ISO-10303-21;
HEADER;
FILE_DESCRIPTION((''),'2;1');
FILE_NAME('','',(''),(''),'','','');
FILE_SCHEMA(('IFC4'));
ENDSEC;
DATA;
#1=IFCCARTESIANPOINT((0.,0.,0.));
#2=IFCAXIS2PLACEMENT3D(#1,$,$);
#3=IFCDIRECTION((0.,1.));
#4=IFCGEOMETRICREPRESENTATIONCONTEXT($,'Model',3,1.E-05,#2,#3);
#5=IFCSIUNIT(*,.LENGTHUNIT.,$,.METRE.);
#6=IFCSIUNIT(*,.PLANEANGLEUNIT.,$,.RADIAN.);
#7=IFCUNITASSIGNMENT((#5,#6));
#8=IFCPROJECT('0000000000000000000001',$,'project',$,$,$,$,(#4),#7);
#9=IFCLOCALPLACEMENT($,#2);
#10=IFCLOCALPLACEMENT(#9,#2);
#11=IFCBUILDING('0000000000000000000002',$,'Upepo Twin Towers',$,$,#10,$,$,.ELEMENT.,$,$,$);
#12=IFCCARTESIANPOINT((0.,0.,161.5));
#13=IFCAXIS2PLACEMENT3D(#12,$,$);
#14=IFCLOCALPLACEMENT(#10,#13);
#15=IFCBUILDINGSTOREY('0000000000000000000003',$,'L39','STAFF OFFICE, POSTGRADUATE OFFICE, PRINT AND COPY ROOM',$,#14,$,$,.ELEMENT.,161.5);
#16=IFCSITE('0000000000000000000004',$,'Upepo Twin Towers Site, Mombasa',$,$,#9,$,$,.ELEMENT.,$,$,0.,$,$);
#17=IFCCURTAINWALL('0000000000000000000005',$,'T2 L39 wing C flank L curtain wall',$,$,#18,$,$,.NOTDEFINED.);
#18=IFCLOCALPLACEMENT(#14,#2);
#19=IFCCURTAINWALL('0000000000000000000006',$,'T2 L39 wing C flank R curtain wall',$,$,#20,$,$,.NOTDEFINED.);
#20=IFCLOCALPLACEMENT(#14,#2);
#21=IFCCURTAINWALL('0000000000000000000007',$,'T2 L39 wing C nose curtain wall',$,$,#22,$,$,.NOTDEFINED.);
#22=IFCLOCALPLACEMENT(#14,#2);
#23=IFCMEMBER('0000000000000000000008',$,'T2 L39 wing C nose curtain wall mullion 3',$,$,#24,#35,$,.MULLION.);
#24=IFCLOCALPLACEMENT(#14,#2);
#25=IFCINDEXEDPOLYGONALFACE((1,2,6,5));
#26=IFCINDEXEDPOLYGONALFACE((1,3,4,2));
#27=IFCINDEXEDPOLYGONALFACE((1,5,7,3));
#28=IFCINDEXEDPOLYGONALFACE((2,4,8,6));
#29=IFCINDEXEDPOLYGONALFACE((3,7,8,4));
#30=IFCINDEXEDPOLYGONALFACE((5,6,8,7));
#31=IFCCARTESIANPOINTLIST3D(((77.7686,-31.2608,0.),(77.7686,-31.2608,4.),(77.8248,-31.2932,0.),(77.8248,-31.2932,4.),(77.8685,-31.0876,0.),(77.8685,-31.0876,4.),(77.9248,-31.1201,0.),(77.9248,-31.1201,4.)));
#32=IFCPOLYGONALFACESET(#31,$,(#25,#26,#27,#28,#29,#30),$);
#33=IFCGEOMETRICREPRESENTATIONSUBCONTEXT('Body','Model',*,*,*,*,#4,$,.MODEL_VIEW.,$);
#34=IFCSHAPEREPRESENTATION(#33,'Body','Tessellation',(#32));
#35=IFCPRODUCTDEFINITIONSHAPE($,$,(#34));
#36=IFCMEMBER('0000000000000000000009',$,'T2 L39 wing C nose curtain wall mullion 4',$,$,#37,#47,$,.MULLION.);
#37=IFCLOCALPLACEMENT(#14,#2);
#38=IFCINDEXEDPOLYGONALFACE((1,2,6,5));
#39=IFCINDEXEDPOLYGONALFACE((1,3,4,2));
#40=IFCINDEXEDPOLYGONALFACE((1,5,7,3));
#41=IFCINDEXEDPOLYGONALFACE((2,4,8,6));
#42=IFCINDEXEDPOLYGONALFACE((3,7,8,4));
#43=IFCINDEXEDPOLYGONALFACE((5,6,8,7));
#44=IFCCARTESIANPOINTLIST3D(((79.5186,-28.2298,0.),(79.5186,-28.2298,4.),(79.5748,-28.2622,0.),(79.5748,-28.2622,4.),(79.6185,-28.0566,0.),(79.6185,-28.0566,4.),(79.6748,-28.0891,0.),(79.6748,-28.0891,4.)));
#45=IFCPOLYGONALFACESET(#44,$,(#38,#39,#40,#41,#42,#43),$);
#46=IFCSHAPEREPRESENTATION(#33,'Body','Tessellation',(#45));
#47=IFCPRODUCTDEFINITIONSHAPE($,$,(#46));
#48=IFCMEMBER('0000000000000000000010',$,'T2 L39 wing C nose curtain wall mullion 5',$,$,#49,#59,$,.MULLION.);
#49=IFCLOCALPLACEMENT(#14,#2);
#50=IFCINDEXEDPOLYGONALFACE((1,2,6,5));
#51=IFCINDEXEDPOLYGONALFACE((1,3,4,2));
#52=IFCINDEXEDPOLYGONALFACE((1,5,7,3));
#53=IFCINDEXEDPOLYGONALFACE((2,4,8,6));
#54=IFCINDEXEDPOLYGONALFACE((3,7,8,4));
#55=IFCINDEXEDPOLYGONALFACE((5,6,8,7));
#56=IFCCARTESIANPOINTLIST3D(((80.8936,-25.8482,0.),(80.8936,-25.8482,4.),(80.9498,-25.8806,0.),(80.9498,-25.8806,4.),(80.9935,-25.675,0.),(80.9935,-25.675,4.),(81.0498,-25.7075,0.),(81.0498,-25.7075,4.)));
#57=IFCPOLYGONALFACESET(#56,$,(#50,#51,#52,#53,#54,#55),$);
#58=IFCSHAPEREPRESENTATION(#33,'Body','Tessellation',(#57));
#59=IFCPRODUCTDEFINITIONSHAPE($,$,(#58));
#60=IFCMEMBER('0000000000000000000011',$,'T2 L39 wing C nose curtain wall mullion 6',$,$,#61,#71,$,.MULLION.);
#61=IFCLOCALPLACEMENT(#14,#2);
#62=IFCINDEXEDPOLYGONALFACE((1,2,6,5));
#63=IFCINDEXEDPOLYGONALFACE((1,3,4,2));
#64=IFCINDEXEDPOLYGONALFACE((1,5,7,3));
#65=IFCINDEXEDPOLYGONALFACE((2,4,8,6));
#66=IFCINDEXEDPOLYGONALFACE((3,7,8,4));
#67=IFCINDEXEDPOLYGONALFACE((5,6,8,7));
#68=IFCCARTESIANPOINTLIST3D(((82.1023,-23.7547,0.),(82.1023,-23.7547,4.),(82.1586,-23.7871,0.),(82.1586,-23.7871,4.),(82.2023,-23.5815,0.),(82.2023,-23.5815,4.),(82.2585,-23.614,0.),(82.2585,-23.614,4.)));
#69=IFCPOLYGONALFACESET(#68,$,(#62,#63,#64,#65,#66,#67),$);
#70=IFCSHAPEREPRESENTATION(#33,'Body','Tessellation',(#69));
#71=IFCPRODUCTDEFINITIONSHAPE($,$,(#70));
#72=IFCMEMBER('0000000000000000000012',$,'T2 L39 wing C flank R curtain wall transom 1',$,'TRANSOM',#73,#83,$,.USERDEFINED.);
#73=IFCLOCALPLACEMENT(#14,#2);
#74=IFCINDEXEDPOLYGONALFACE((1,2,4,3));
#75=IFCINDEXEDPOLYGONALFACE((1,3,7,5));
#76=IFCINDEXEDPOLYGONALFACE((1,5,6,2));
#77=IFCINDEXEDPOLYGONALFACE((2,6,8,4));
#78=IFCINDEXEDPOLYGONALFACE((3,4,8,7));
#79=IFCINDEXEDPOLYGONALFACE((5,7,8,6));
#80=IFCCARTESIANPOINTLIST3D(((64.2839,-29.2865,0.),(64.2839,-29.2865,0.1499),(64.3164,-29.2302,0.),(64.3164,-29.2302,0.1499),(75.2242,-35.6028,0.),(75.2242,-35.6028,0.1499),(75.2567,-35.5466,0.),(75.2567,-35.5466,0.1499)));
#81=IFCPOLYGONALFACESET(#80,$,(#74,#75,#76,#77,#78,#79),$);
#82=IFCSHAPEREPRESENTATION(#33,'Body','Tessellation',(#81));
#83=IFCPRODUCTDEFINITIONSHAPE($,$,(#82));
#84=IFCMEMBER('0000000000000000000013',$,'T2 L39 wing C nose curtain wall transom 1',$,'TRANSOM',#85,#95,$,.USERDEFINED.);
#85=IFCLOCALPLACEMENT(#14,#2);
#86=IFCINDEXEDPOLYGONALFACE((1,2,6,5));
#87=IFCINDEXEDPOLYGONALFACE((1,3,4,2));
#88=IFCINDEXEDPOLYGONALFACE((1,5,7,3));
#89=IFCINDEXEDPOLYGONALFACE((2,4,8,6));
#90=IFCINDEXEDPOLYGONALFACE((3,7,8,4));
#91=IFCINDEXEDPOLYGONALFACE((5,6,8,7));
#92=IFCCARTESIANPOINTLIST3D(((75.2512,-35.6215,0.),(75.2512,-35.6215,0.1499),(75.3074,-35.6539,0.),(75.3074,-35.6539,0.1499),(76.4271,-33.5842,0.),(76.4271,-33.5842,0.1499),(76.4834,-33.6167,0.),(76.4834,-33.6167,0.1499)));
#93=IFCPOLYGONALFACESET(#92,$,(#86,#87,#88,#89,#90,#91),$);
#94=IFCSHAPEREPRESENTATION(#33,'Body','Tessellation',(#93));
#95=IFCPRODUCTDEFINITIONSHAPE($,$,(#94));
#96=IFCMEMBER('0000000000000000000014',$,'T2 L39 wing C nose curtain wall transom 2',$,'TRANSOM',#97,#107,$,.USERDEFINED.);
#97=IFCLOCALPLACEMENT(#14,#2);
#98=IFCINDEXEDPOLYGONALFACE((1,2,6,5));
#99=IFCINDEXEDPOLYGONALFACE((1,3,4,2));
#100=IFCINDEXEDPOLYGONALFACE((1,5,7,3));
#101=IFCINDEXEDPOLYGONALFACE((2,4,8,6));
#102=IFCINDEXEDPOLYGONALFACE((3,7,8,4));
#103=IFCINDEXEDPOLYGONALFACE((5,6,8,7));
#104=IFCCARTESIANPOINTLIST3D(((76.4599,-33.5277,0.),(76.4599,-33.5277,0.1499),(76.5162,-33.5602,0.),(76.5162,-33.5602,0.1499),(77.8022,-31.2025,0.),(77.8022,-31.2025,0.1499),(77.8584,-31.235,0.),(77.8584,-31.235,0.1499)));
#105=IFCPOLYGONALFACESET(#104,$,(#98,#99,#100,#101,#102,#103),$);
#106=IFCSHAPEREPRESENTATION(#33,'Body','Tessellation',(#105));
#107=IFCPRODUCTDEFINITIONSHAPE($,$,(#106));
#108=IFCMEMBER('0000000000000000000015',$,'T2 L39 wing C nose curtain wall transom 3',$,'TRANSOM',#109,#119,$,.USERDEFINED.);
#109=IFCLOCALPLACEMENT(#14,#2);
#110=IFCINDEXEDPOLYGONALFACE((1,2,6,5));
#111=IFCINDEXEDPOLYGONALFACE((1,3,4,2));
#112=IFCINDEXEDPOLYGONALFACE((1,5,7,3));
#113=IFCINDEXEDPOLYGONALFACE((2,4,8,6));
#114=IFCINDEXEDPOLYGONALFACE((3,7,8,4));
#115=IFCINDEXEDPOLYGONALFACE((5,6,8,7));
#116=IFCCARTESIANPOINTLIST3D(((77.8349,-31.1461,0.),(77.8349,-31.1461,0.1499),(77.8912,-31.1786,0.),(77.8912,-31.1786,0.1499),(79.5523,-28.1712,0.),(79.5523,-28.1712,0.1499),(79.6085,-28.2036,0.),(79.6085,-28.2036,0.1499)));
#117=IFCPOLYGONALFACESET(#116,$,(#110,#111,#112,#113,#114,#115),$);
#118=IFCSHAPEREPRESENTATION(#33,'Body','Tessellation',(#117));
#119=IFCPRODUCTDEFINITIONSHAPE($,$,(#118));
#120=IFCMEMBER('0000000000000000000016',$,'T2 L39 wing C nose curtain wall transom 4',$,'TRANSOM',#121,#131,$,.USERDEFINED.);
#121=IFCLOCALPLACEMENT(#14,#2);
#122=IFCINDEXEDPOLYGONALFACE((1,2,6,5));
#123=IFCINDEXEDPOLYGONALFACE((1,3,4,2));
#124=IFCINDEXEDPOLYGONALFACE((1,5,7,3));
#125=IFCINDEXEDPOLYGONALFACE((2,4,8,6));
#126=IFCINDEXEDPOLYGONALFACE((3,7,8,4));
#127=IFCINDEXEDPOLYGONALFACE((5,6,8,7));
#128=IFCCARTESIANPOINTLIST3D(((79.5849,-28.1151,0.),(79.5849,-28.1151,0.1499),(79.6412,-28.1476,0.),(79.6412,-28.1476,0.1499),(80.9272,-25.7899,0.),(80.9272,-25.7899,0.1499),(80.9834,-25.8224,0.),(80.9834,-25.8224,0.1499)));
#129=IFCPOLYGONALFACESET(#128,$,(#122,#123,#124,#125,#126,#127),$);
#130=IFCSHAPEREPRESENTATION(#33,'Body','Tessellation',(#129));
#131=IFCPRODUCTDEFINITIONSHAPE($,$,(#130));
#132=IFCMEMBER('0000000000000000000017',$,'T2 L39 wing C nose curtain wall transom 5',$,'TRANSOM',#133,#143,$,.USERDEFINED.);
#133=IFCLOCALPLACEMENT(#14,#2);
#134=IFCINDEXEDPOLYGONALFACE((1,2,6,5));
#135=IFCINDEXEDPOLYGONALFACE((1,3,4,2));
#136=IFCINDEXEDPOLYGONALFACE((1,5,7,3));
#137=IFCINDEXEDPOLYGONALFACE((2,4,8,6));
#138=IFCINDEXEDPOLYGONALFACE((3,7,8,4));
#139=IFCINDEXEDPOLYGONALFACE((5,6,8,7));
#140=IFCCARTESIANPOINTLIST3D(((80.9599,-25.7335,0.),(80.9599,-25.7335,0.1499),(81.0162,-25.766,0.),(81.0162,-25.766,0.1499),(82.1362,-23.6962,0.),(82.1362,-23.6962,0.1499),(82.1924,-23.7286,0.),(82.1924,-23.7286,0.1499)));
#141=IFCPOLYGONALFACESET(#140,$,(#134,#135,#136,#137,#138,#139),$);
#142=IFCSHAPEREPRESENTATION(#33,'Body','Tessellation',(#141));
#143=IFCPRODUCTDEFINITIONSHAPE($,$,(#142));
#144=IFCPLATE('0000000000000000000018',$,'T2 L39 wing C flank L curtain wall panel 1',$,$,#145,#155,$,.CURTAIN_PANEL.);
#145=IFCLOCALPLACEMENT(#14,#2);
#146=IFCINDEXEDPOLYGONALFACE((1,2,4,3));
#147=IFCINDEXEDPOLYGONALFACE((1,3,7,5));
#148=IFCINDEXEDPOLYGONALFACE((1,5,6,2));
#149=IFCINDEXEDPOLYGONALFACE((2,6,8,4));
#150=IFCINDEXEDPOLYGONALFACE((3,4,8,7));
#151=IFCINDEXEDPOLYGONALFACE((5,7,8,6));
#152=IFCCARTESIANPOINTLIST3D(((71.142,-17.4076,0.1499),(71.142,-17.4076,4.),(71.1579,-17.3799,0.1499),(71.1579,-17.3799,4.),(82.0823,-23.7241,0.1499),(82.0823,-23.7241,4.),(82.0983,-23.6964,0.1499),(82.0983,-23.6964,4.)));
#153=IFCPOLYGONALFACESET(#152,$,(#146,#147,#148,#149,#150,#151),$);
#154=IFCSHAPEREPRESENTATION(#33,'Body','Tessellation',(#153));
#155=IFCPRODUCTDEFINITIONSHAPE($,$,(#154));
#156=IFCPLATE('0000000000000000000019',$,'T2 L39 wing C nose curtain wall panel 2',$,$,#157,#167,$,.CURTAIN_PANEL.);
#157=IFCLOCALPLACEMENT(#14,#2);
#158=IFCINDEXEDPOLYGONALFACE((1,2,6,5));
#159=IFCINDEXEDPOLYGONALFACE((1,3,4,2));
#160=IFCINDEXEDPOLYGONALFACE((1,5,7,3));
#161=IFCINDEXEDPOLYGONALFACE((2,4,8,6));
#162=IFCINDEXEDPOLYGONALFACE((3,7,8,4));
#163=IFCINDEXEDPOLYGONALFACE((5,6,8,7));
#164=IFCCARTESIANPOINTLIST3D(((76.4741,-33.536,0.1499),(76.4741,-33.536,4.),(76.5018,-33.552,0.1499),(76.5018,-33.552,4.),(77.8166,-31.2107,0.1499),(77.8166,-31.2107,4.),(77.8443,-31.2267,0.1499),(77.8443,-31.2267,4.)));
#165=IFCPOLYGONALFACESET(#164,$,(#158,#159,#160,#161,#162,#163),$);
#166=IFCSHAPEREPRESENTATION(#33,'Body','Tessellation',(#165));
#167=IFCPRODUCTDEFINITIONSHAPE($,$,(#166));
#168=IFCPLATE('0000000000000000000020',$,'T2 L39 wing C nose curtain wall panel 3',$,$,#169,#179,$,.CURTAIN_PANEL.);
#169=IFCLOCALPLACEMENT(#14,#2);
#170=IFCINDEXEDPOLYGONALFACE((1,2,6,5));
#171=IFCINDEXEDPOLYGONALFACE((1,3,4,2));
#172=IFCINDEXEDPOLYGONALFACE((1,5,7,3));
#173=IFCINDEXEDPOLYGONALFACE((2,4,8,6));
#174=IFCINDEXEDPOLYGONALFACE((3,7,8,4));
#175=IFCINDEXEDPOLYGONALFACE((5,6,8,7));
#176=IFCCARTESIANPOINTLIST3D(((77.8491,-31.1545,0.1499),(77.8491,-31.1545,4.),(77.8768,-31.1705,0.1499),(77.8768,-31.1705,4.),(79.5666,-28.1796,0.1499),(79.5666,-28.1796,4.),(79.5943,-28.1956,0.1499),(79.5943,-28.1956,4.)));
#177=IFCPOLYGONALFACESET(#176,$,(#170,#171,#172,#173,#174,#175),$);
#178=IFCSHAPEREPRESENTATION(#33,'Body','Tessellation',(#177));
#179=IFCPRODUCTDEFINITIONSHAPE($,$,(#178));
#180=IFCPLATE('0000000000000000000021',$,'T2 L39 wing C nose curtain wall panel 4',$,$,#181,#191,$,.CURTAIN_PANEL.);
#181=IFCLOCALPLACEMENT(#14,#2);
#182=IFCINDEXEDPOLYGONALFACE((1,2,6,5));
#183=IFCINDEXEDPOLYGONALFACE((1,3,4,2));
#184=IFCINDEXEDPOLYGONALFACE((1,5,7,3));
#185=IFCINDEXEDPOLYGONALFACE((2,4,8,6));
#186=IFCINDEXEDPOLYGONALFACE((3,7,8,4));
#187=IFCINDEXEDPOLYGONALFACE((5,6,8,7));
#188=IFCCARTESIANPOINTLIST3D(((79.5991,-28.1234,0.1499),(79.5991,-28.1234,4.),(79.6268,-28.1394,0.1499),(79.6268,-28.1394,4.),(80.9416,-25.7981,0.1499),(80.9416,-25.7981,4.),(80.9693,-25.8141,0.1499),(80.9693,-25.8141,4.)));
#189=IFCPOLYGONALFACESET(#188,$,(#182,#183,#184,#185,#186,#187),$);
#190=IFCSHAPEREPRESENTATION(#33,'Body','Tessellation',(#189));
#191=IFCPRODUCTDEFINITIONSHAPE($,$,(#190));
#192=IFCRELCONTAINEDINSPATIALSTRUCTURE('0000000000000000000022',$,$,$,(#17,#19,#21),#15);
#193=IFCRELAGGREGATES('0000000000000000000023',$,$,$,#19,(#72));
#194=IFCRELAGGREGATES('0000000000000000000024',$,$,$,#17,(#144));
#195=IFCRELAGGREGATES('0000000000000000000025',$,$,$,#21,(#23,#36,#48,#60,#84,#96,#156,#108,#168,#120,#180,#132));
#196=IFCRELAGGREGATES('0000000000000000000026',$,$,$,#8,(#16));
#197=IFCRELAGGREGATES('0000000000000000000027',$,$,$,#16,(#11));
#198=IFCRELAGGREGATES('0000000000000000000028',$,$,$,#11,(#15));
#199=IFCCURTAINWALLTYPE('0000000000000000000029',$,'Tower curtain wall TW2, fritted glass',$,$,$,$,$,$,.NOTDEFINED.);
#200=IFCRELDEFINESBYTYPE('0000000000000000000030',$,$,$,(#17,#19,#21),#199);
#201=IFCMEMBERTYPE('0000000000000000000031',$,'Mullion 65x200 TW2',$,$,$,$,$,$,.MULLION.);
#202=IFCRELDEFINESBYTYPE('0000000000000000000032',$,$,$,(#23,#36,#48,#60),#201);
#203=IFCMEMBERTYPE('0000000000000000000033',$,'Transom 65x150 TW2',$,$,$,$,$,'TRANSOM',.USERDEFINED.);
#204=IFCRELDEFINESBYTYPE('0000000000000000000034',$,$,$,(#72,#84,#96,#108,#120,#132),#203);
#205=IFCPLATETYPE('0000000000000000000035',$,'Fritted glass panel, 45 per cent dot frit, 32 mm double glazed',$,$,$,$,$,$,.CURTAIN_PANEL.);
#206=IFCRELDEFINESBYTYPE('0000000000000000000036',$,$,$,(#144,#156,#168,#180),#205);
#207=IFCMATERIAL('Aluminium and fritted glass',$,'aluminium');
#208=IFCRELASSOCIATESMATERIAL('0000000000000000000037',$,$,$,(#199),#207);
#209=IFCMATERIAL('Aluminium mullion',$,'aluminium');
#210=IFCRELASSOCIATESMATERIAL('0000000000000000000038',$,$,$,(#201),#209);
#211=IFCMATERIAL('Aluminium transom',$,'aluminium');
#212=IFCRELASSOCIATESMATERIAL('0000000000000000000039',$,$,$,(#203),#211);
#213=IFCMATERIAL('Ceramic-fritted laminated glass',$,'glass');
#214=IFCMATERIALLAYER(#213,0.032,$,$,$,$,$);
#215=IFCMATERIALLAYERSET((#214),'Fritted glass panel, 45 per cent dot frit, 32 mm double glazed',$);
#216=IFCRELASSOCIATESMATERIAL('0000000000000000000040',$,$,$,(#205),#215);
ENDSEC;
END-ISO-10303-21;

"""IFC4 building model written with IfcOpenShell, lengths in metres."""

from ifc_helpers import new_model, si_unit, direction, frame, origin, origin_2d, place, context, subcontext, project, spatial, rectangle, extrude, material, layer, layer_set, material_profile, profile_set, type_object, element, aggregate, save


model = new_model("IFC4")

# Units and contexts
model_context = context("Model", 3, precision=1e-05, world=origin(), true_north=direction((0.0, 1.0)))
body_context = subcontext(model_context, "Body", "Model", "MODEL_VIEW")
ifc_project = project(units=[si_unit("LENGTHUNIT", "METRE"), si_unit("PLANEANGLEUNIT", "RADIAN")], contexts=[model_context])

# Site, building, storey
site_placement = place(None, origin())
site = spatial("IfcSite", under=ifc_project, at=site_placement, Name="Upepo Twin Towers Site, Mombasa", CompositionType="ELEMENT", RefElevation=0.0)
building_placement = place(site_placement, origin())
building = spatial("IfcBuilding", under=site, at=building_placement, Name="Upepo Twin Towers", CompositionType="ELEMENT")
storey_placement = place(building_placement, frame((0.0, 0.0, 161.5)))
storey = spatial("IfcBuildingStorey", under=building, at=storey_placement, Name="L39", Description="STAFF OFFICE, POSTGRADUATE OFFICE, PRINT AND COPY ROOM", CompositionType="ELEMENT", Elevation=161.5)

# Curtain walls
ifc_material_1 = material(Name="Aluminium and fritted glass", Category="aluminium")
curtain_wall_type = type_object("IfcCurtainWallType", Name="Tower curtain wall TW2, fritted glass", PredefinedType="NOTDEFINED", material=ifc_material_1)
curtain_wall_1_placement = place(storey_placement, origin())
curtain_wall_1 = element("IfcCurtainWall", 1, at=curtain_wall_1_placement, inside=storey, type_object=curtain_wall_type, Name="T2 L39 wing C flank L curtain wall", PredefinedType="NOTDEFINED")
ifc_material_2 = material(Name="Aluminium mullion", Category="aluminium")
ifc_material_profile_1 = material_profile(ifc_material_2, rectangle(XDim=0.0649, YDim=0.2, at=origin_2d()), Name="MULLION 65x200")
ifc_profile_set_1 = profile_set([ifc_material_profile_1], Name="Aluminium mullion")
member_type_1 = type_object("IfcMemberType", Name="Mullion 65x200 TW2", PredefinedType="MULLION", material=ifc_profile_set_1)
curtain_wall_2_placement = place(storey_placement, origin())
curtain_wall_2 = element("IfcCurtainWall", 2, at=curtain_wall_2_placement, inside=storey, type_object=curtain_wall_type, Name="T2 L39 wing C flank R curtain wall", PredefinedType="NOTDEFINED")

# Curtain wall, members
curtain_wall_3_placement = place(storey_placement, origin())
curtain_wall_3 = element("IfcCurtainWall", 3, at=curtain_wall_3_placement, inside=storey, type_object=curtain_wall_type, Name="T2 L39 wing C nose curtain wall", PredefinedType="NOTDEFINED")
member_1_placement = place(storey_placement, frame((77.8467, -31.1904, 0.0), z_axis=(0.0, 0.0, 1.0), x_axis=(-0.866025, 0.5, 0.0)))
member_1 = element("IfcMember", 4, at=member_1_placement, type_object=member_type_1, Name="T2 L39 wing C nose curtain wall mullion 3", PredefinedType="MULLION", context=body_context, shape_type="SweptSolid", body=[
    extrude(rectangle(XDim=0.0649, YDim=0.2, at=origin_2d()), origin(), (0.0, 0.0, 1.0), 4.0),
])
member_2_placement = place(storey_placement, frame((79.5967, -28.1594, 0.0), z_axis=(0.0, 0.0, 1.0), x_axis=(-0.866025, 0.5, 0.0)))
member_2 = element("IfcMember", 5, at=member_2_placement, type_object=member_type_1, Name="T2 L39 wing C nose curtain wall mullion 4", PredefinedType="MULLION", context=body_context, shape_type="SweptSolid", body=[
    extrude(rectangle(XDim=0.0649, YDim=0.2, at=origin_2d()), origin(), (0.0, 0.0, 1.0), 4.0),
])
member_3_placement = place(storey_placement, frame((80.9717, -25.7778, 0.0), z_axis=(0.0, 0.0, 1.0), x_axis=(-0.866025, 0.5, 0.0)))
member_3 = element("IfcMember", 6, at=member_3_placement, type_object=member_type_1, Name="T2 L39 wing C nose curtain wall mullion 5", PredefinedType="MULLION", context=body_context, shape_type="SweptSolid", body=[
    extrude(rectangle(XDim=0.0649, YDim=0.2, at=origin_2d()), origin(), (0.0, 0.0, 1.0), 4.0),
])
member_4_placement = place(storey_placement, frame((82.1804, -23.6843, 0.0), z_axis=(0.0, 0.0, 1.0), x_axis=(-0.866025, 0.5, 0.0)))
member_4 = element("IfcMember", 7, at=member_4_placement, type_object=member_type_1, Name="T2 L39 wing C nose curtain wall mullion 6", PredefinedType="MULLION", context=body_context, shape_type="SweptSolid", body=[
    extrude(rectangle(XDim=0.0649, YDim=0.2, at=origin_2d()), origin(), (0.0, 0.0, 1.0), 4.0),
])

# Members
ifc_material_3 = material(Name="Aluminium transom", Category="aluminium")
ifc_material_profile_2 = material_profile(ifc_material_3, rectangle(XDim=0.0649, YDim=0.1499, at=origin_2d()), Name="TRANSOM 65x150")
ifc_profile_set_2 = profile_set([ifc_material_profile_2], Name="Aluminium transom")
member_type_2 = type_object("IfcMemberType", Name="Transom 65x150 TW2", ElementType="TRANSOM", PredefinedType="USERDEFINED", material=ifc_profile_set_2)
member_5_placement = place(storey_placement, frame((75.2405, -35.5747, 0.075), z_axis=(-0.866027, 0.499997, 0.0), x_axis=(-0.499997, -0.866027, 0.0)))
member_5 = element("IfcMember", 8, at=member_5_placement, type_object=member_type_2, Name="T2 L39 wing C flank R curtain wall transom 1", ObjectType="TRANSOM", PredefinedType="USERDEFINED", context=body_context, shape_type="SweptSolid", body=[
    extrude(rectangle(XDim=0.0649, YDim=0.1499, at=origin_2d()), origin(), (0.0, 0.0, 1.0), 12.6328),
])
aggregate(curtain_wall_2, [member_5])
member_6_placement = place(storey_placement, frame((75.2793, -35.6377, 0.075), z_axis=(0.499923, 0.86607, 0.0), x_axis=(-0.86607, 0.499923, 0.0)))
member_6 = element("IfcMember", 9, at=member_6_placement, type_object=member_type_2, Name="T2 L39 wing C nose curtain wall transom 1", ObjectType="TRANSOM", PredefinedType="USERDEFINED", context=body_context, shape_type="SweptSolid", body=[
    extrude(rectangle(XDim=0.0649, YDim=0.1499, at=origin_2d()), origin(), (0.0, 0.0, 1.0), 2.3523),
])
member_7_placement = place(storey_placement, frame((76.488, -33.5439, 0.075), z_axis=(0.499953, 0.866052, 0.0), x_axis=(-0.866052, 0.499953, 0.0)))
member_7 = element("IfcMember", 10, at=member_7_placement, type_object=member_type_2, Name="T2 L39 wing C nose curtain wall transom 2", ObjectType="TRANSOM", PredefinedType="USERDEFINED", context=body_context, shape_type="SweptSolid", body=[
    extrude(rectangle(XDim=0.0649, YDim=0.1499, at=origin_2d()), origin(), (0.0, 0.0, 1.0), 2.6848),
])
member_8_placement = place(storey_placement, frame((77.863, -31.1624, 0.075), z_axis=(0.499946, 0.866057, 0.0), x_axis=(-0.866057, 0.499946, 0.0)))
member_8 = element("IfcMember", 11, at=member_8_placement, type_object=member_type_2, Name="T2 L39 wing C nose curtain wall transom 3", ObjectType="TRANSOM", PredefinedType="USERDEFINED", context=body_context, shape_type="SweptSolid", body=[
    extrude(rectangle(XDim=0.0649, YDim=0.1499, at=origin_2d()), origin(), (0.0, 0.0, 1.0), 3.4351),
])
member_9_placement = place(storey_placement, frame((79.613, -28.1313, 0.075), z_axis=(0.499953, 0.866052, 0.0), x_axis=(-0.866052, 0.499953, 0.0)))
member_9 = element("IfcMember", 12, at=member_9_placement, type_object=member_type_2, Name="T2 L39 wing C nose curtain wall transom 4", ObjectType="TRANSOM", PredefinedType="USERDEFINED", context=body_context, shape_type="SweptSolid", body=[
    extrude(rectangle(XDim=0.0649, YDim=0.1499, at=origin_2d()), origin(), (0.0, 0.0, 1.0), 2.6848),
])
member_10_placement = place(storey_placement, frame((80.988, -25.7498, 0.075), z_axis=(0.500001, 0.866025, 0.0), x_axis=(-0.866025, 0.500001, 0.0)))
member_10 = element("IfcMember", 13, at=member_10_placement, type_object=member_type_2, Name="T2 L39 wing C nose curtain wall transom 5", ObjectType="TRANSOM", PredefinedType="USERDEFINED", context=body_context, shape_type="SweptSolid", body=[
    extrude(rectangle(XDim=0.0649, YDim=0.1499, at=origin_2d()), origin(), (0.0, 0.0, 1.0), 2.3525),
])

# Plates
ifc_material_4 = material(Name="Ceramic-fritted laminated glass", Category="glass")
ifc_layer_1 = layer(ifc_material_4, 0.032)
ifc_layer_set_1 = layer_set([ifc_layer_1], Name="Fritted glass panel, 45 per cent dot frit, 32 mm double glazed")
plate_type_1 = type_object("IfcPlateType", Name="Fritted glass panel, 45 per cent dot frit, 32 mm double glazed", PredefinedType="CURTAIN_PANEL", material=ifc_layer_set_1)
plate_1_placement = place(storey_placement, frame((76.6201, -20.552, 0.1499), z_axis=(0.0, 0.0, 1.0), x_axis=(0.866025, -0.5, 0.0)))
plate_1 = element("IfcPlate", 14, at=plate_1_placement, type_object=plate_type_1, Name="T2 L39 wing C flank L curtain wall panel 1", PredefinedType="CURTAIN_PANEL", context=body_context, shape_type="SweptSolid", body=[
    extrude(rectangle(XDim=12.6328, YDim=0.032, at=origin_2d()), origin(), (0.0, 0.0, 1.0), 3.8501),
])
aggregate(curtain_wall_1, [plate_1])
plate_2_placement = place(storey_placement, frame((77.1592, -32.3813, 0.1499), z_axis=(0.0, 0.0, 1.0), x_axis=(0.5, 0.866025, 0.0)))
plate_2 = element("IfcPlate", 15, at=plate_2_placement, type_object=plate_type_1, Name="T2 L39 wing C nose curtain wall panel 2", PredefinedType="CURTAIN_PANEL", context=body_context, shape_type="SweptSolid", body=[
    extrude(rectangle(XDim=2.6851, YDim=0.032, at=origin_2d()), origin(), (0.0, 0.0, 1.0), 3.8501),
])
plate_3_placement = place(storey_placement, frame((78.7217, -29.675, 0.1499), z_axis=(0.0, 0.0, 1.0), x_axis=(0.5, 0.866025, 0.0)))
plate_3 = element("IfcPlate", 16, at=plate_3_placement, type_object=plate_type_1, Name="T2 L39 wing C nose curtain wall panel 3", PredefinedType="CURTAIN_PANEL", context=body_context, shape_type="SweptSolid", body=[
    extrude(rectangle(XDim=3.4351, YDim=0.032, at=origin_2d()), origin(), (0.0, 0.0, 1.0), 3.8501),
])
plate_4_placement = place(storey_placement, frame((80.2842, -26.9688, 0.1499), z_axis=(0.0, 0.0, 1.0), x_axis=(0.5, 0.866025, 0.0)))
plate_4 = element("IfcPlate", 17, at=plate_4_placement, type_object=plate_type_1, Name="T2 L39 wing C nose curtain wall panel 4", PredefinedType="CURTAIN_PANEL", context=body_context, shape_type="SweptSolid", body=[
    extrude(rectangle(XDim=2.6851, YDim=0.032, at=origin_2d()), origin(), (0.0, 0.0, 1.0), 3.8501),
])
aggregate(curtain_wall_3, [member_1, member_2, member_3, member_4, member_6, member_7, plate_2, member_8, plate_3, member_9, plate_4, member_10])

save(model, "model.ifc")
